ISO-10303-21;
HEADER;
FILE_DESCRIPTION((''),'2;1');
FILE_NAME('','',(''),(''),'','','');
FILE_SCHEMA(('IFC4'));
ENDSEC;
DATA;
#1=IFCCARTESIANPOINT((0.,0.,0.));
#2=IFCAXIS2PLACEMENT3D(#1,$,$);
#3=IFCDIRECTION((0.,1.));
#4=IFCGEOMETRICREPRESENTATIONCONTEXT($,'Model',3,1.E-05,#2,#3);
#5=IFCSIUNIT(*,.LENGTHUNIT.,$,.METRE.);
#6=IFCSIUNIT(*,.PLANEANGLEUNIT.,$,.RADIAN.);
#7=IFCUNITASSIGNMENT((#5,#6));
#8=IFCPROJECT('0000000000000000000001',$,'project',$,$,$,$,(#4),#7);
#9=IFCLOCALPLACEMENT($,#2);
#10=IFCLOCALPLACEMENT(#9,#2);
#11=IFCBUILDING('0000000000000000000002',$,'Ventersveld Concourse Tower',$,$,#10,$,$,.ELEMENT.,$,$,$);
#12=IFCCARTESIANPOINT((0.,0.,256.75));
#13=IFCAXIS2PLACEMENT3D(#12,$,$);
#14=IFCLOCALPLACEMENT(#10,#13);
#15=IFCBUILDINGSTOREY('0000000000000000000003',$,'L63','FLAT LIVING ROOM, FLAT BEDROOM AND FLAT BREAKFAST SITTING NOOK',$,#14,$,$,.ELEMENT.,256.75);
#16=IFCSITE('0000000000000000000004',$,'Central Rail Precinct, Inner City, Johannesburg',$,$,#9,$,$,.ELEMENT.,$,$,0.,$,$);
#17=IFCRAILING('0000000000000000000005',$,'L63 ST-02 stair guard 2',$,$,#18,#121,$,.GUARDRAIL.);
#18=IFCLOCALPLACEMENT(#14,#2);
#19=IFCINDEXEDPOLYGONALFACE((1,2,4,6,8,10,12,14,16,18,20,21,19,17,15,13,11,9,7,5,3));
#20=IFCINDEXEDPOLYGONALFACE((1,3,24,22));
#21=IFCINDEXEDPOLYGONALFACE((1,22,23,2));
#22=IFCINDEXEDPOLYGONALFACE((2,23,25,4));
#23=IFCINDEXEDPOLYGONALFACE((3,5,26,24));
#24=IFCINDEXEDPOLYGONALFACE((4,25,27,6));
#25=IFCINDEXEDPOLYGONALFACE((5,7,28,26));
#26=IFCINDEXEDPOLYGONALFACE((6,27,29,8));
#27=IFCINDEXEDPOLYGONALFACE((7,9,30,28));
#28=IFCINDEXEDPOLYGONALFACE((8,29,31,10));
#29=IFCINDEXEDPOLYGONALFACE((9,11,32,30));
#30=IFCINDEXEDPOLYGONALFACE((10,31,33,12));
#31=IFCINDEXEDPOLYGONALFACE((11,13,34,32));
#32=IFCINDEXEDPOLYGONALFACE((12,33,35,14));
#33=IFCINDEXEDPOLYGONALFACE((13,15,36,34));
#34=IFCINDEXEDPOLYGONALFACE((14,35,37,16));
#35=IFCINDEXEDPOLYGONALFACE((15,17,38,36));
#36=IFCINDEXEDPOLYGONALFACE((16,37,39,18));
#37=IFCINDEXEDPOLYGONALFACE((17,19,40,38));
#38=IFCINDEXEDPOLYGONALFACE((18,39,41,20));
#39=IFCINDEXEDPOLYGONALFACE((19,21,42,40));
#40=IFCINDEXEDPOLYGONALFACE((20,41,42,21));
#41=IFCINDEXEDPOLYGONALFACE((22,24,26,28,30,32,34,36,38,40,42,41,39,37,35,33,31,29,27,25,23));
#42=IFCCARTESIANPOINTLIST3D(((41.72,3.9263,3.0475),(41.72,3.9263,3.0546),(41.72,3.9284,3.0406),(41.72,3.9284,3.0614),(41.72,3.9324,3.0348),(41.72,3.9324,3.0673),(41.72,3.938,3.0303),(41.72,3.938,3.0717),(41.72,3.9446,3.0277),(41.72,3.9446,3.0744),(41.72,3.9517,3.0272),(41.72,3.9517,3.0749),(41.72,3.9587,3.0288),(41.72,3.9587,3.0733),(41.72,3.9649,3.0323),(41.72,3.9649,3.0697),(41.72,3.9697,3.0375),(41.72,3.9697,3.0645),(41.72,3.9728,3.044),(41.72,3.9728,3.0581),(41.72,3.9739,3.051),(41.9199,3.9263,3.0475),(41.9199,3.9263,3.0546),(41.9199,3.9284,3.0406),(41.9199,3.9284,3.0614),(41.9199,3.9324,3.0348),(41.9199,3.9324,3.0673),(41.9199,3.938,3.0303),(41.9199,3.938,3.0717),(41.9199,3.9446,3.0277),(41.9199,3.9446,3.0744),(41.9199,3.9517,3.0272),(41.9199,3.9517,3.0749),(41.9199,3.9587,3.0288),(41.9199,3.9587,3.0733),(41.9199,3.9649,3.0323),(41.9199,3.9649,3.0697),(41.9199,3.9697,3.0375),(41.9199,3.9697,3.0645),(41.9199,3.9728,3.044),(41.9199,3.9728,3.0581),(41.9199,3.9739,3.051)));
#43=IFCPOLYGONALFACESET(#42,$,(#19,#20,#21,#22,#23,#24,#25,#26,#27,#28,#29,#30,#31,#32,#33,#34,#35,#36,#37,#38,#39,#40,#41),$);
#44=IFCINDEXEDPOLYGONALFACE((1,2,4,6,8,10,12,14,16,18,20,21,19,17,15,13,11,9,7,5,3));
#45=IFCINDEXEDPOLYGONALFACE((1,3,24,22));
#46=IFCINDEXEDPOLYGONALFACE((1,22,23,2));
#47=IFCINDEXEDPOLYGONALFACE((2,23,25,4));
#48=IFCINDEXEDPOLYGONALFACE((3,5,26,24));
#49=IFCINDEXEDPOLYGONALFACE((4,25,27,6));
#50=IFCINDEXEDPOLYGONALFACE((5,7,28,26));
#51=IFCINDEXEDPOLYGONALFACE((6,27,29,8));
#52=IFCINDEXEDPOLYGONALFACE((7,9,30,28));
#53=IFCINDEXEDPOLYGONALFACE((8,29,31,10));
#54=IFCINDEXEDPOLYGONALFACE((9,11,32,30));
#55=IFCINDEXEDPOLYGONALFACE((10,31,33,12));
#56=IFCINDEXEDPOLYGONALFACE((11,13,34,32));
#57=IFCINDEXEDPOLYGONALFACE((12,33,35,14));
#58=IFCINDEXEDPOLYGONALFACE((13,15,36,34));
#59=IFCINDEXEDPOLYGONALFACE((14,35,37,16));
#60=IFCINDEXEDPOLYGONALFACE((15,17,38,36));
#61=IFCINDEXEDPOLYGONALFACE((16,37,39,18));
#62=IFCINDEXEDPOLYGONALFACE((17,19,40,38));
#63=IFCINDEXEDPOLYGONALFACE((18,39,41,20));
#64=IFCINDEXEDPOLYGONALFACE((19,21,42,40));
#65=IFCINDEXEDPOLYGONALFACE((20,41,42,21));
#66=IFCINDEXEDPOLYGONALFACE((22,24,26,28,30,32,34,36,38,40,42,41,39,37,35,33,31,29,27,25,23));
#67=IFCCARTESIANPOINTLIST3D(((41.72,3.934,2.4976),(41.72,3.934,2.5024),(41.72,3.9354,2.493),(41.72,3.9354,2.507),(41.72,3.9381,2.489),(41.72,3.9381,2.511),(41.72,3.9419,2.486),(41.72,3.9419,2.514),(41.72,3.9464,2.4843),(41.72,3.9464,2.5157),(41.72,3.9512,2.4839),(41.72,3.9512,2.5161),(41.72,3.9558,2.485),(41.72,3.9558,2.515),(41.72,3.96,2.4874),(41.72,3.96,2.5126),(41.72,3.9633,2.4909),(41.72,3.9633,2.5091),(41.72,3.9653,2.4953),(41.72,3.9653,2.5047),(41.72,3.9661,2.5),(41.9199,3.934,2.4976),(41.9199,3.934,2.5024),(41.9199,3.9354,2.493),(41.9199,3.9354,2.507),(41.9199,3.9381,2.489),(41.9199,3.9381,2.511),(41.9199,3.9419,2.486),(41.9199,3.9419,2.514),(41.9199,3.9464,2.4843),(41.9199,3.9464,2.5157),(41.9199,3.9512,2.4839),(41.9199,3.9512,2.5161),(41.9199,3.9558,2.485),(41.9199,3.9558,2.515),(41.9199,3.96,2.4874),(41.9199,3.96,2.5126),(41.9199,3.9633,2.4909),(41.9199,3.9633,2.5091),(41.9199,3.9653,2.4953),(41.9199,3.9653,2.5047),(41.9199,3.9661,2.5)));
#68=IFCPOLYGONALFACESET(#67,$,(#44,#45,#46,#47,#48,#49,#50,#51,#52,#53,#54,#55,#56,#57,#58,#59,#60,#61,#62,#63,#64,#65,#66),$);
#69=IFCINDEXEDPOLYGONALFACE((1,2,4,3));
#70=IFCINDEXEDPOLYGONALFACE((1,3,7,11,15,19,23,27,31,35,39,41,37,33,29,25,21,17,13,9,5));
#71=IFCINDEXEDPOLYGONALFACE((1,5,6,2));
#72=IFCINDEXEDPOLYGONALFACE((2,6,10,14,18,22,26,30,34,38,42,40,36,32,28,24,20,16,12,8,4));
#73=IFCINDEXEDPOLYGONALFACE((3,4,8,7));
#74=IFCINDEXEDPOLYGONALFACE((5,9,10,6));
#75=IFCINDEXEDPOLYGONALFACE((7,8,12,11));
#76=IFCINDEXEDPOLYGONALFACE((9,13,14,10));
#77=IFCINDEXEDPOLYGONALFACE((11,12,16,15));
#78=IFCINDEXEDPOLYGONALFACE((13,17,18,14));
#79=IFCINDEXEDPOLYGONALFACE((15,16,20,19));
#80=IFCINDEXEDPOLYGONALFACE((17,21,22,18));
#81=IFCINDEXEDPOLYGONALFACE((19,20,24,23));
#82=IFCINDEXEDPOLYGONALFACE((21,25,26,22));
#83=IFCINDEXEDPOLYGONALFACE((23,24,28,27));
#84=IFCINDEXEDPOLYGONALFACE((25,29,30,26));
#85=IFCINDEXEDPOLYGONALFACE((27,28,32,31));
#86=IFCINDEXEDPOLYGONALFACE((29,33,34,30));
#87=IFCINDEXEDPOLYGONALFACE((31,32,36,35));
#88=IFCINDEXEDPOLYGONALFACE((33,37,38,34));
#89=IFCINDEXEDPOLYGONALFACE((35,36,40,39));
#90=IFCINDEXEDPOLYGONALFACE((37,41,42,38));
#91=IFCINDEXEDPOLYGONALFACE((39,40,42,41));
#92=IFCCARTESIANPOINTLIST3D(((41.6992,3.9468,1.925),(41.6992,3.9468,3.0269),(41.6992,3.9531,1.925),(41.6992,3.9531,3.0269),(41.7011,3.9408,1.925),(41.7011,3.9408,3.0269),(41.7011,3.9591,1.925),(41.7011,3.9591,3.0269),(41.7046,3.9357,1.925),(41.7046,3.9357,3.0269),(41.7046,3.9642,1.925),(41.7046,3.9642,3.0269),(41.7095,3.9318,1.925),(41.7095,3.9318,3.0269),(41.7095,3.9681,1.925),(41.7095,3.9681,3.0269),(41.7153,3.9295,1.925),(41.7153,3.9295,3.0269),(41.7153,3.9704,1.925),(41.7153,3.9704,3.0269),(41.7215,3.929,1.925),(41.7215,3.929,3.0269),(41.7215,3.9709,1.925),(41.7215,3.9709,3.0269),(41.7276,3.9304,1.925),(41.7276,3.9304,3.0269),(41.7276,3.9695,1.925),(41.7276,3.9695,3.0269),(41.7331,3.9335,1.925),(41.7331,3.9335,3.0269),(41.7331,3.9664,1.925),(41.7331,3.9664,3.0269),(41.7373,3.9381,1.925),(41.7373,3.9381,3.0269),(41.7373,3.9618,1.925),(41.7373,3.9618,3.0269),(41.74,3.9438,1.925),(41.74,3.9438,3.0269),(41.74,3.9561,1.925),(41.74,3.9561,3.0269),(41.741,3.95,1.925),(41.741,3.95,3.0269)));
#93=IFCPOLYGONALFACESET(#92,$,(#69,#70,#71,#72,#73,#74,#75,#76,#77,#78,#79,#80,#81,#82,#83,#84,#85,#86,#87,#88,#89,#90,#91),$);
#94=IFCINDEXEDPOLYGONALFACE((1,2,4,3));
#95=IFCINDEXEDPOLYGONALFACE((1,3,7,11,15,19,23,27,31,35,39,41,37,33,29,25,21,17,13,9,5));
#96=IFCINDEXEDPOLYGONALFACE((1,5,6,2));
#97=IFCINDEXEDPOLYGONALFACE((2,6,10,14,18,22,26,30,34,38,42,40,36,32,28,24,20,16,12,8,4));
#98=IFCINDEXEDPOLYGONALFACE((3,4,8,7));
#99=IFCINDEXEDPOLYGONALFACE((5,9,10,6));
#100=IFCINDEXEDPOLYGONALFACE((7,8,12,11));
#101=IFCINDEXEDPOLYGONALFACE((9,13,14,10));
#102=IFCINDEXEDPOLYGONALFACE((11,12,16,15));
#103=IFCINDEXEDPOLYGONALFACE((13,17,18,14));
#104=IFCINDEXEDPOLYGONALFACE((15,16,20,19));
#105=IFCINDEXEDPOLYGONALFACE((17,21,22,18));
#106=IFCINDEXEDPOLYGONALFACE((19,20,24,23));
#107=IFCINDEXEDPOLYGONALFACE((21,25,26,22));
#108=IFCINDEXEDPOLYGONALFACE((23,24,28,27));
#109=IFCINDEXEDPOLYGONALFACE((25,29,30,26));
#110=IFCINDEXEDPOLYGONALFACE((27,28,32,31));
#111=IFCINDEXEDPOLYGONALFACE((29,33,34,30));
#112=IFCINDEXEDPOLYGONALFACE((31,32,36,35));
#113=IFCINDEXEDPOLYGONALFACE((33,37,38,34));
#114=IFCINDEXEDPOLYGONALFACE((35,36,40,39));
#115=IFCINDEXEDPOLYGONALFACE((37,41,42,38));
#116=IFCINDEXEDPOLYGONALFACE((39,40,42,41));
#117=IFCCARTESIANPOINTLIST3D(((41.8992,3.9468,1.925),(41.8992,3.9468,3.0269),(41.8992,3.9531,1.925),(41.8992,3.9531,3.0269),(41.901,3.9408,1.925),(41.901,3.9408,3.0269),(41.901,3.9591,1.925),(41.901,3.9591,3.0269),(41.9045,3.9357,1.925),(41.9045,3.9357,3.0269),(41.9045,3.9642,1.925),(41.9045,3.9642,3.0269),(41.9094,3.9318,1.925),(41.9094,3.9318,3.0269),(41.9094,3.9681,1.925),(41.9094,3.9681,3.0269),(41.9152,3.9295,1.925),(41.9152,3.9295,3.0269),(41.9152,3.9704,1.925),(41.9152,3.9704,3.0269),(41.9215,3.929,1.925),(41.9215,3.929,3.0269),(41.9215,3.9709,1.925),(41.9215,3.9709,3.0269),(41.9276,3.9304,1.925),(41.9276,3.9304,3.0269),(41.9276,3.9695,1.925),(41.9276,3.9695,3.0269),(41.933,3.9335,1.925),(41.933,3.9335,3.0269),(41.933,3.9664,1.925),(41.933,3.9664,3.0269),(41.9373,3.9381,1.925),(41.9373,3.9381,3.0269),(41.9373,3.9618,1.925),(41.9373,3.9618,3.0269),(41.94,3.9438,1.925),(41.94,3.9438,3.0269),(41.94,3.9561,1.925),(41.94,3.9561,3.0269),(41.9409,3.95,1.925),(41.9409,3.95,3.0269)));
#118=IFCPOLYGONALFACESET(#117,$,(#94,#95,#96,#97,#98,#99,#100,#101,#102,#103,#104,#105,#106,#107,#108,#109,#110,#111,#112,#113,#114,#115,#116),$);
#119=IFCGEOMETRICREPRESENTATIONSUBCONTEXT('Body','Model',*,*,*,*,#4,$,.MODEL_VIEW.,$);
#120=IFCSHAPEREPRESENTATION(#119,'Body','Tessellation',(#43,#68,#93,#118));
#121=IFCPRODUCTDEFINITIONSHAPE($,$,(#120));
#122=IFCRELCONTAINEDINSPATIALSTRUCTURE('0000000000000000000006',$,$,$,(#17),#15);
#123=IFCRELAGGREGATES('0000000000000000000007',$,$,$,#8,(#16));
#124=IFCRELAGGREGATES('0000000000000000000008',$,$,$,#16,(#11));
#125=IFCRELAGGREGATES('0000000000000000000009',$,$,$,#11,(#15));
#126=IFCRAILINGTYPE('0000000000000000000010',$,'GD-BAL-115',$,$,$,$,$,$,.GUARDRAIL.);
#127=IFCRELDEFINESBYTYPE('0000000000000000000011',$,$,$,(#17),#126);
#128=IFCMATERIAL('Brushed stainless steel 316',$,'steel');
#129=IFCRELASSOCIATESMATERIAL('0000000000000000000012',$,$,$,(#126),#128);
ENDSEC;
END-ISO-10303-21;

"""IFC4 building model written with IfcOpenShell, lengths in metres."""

from ifc_helpers import new_model, si_unit, direction, frame, origin, origin_2d, place, context, subcontext, project, spatial, circle, extrude, material, type_object, element, save


model = new_model("IFC4")

# Units and contexts
model_context = context("Model", 3, precision=1e-05, world=origin(), true_north=direction((0.0, 1.0)))
body_context = subcontext(model_context, "Body", "Model", "MODEL_VIEW")
ifc_project = project(units=[si_unit("LENGTHUNIT", "METRE"), si_unit("PLANEANGLEUNIT", "RADIAN")], contexts=[model_context])

# Site, building, storey
site_placement = place(None, origin())
site = spatial("IfcSite", under=ifc_project, at=site_placement, Name="Central Rail Precinct, Inner City, Johannesburg", CompositionType="ELEMENT", RefElevation=0.0)
building_placement = place(site_placement, origin())
building = spatial("IfcBuilding", under=site, at=building_placement, Name="Ventersveld Concourse Tower", CompositionType="ELEMENT")
storey_placement = place(building_placement, frame((0.0, 0.0, 256.75)))
storey = spatial("IfcBuildingStorey", under=building, at=storey_placement, Name="L63", Description="FLAT LIVING ROOM, FLAT BEDROOM AND FLAT BREAKFAST SITTING NOOK", CompositionType="ELEMENT", Elevation=256.75)

# Railing
ifc_material_1 = material(Name="Brushed stainless steel 316", Category="steel")
railing_type = type_object("IfcRailingType", Name="GD-BAL-115", PredefinedType="GUARDRAIL", material=ifc_material_1)
railing_1_placement = place(storey_placement, frame((41.72, 3.95, 1.925)))
element("IfcRailing", 1, at=railing_1_placement, inside=storey, type_object=railing_type, Name="L63 ST-02 stair guard 2", PredefinedType="GUARDRAIL", context=body_context, shape_type="SweptSolid", body=[
    extrude(circle(Radius=0.0239, at=origin_2d()), frame((0.0, 0.0, 1.126), z_axis=(1.0, 0.0, 0.0), x_axis=(0.0, 1.0, 0.0)), (0.0, 0.0, 1.0), 0.2),
    extrude(circle(Radius=0.0161, at=origin_2d()), frame((0.0, 0.0, 0.575), z_axis=(1.0, 0.0, 0.0), x_axis=(0.0, 1.0, 0.0)), (0.0, 0.0, 1.0), 0.2),
    extrude(circle(Radius=0.021, at=origin_2d()), origin(), (0.0, 0.0, 1.0), 1.1018),
    extrude(circle(Radius=0.021, at=origin_2d()), frame((0.2, 0.0, 0.0)), (0.0, 0.0, 1.0), 1.1018),
])

save(model, "model.ifc")
